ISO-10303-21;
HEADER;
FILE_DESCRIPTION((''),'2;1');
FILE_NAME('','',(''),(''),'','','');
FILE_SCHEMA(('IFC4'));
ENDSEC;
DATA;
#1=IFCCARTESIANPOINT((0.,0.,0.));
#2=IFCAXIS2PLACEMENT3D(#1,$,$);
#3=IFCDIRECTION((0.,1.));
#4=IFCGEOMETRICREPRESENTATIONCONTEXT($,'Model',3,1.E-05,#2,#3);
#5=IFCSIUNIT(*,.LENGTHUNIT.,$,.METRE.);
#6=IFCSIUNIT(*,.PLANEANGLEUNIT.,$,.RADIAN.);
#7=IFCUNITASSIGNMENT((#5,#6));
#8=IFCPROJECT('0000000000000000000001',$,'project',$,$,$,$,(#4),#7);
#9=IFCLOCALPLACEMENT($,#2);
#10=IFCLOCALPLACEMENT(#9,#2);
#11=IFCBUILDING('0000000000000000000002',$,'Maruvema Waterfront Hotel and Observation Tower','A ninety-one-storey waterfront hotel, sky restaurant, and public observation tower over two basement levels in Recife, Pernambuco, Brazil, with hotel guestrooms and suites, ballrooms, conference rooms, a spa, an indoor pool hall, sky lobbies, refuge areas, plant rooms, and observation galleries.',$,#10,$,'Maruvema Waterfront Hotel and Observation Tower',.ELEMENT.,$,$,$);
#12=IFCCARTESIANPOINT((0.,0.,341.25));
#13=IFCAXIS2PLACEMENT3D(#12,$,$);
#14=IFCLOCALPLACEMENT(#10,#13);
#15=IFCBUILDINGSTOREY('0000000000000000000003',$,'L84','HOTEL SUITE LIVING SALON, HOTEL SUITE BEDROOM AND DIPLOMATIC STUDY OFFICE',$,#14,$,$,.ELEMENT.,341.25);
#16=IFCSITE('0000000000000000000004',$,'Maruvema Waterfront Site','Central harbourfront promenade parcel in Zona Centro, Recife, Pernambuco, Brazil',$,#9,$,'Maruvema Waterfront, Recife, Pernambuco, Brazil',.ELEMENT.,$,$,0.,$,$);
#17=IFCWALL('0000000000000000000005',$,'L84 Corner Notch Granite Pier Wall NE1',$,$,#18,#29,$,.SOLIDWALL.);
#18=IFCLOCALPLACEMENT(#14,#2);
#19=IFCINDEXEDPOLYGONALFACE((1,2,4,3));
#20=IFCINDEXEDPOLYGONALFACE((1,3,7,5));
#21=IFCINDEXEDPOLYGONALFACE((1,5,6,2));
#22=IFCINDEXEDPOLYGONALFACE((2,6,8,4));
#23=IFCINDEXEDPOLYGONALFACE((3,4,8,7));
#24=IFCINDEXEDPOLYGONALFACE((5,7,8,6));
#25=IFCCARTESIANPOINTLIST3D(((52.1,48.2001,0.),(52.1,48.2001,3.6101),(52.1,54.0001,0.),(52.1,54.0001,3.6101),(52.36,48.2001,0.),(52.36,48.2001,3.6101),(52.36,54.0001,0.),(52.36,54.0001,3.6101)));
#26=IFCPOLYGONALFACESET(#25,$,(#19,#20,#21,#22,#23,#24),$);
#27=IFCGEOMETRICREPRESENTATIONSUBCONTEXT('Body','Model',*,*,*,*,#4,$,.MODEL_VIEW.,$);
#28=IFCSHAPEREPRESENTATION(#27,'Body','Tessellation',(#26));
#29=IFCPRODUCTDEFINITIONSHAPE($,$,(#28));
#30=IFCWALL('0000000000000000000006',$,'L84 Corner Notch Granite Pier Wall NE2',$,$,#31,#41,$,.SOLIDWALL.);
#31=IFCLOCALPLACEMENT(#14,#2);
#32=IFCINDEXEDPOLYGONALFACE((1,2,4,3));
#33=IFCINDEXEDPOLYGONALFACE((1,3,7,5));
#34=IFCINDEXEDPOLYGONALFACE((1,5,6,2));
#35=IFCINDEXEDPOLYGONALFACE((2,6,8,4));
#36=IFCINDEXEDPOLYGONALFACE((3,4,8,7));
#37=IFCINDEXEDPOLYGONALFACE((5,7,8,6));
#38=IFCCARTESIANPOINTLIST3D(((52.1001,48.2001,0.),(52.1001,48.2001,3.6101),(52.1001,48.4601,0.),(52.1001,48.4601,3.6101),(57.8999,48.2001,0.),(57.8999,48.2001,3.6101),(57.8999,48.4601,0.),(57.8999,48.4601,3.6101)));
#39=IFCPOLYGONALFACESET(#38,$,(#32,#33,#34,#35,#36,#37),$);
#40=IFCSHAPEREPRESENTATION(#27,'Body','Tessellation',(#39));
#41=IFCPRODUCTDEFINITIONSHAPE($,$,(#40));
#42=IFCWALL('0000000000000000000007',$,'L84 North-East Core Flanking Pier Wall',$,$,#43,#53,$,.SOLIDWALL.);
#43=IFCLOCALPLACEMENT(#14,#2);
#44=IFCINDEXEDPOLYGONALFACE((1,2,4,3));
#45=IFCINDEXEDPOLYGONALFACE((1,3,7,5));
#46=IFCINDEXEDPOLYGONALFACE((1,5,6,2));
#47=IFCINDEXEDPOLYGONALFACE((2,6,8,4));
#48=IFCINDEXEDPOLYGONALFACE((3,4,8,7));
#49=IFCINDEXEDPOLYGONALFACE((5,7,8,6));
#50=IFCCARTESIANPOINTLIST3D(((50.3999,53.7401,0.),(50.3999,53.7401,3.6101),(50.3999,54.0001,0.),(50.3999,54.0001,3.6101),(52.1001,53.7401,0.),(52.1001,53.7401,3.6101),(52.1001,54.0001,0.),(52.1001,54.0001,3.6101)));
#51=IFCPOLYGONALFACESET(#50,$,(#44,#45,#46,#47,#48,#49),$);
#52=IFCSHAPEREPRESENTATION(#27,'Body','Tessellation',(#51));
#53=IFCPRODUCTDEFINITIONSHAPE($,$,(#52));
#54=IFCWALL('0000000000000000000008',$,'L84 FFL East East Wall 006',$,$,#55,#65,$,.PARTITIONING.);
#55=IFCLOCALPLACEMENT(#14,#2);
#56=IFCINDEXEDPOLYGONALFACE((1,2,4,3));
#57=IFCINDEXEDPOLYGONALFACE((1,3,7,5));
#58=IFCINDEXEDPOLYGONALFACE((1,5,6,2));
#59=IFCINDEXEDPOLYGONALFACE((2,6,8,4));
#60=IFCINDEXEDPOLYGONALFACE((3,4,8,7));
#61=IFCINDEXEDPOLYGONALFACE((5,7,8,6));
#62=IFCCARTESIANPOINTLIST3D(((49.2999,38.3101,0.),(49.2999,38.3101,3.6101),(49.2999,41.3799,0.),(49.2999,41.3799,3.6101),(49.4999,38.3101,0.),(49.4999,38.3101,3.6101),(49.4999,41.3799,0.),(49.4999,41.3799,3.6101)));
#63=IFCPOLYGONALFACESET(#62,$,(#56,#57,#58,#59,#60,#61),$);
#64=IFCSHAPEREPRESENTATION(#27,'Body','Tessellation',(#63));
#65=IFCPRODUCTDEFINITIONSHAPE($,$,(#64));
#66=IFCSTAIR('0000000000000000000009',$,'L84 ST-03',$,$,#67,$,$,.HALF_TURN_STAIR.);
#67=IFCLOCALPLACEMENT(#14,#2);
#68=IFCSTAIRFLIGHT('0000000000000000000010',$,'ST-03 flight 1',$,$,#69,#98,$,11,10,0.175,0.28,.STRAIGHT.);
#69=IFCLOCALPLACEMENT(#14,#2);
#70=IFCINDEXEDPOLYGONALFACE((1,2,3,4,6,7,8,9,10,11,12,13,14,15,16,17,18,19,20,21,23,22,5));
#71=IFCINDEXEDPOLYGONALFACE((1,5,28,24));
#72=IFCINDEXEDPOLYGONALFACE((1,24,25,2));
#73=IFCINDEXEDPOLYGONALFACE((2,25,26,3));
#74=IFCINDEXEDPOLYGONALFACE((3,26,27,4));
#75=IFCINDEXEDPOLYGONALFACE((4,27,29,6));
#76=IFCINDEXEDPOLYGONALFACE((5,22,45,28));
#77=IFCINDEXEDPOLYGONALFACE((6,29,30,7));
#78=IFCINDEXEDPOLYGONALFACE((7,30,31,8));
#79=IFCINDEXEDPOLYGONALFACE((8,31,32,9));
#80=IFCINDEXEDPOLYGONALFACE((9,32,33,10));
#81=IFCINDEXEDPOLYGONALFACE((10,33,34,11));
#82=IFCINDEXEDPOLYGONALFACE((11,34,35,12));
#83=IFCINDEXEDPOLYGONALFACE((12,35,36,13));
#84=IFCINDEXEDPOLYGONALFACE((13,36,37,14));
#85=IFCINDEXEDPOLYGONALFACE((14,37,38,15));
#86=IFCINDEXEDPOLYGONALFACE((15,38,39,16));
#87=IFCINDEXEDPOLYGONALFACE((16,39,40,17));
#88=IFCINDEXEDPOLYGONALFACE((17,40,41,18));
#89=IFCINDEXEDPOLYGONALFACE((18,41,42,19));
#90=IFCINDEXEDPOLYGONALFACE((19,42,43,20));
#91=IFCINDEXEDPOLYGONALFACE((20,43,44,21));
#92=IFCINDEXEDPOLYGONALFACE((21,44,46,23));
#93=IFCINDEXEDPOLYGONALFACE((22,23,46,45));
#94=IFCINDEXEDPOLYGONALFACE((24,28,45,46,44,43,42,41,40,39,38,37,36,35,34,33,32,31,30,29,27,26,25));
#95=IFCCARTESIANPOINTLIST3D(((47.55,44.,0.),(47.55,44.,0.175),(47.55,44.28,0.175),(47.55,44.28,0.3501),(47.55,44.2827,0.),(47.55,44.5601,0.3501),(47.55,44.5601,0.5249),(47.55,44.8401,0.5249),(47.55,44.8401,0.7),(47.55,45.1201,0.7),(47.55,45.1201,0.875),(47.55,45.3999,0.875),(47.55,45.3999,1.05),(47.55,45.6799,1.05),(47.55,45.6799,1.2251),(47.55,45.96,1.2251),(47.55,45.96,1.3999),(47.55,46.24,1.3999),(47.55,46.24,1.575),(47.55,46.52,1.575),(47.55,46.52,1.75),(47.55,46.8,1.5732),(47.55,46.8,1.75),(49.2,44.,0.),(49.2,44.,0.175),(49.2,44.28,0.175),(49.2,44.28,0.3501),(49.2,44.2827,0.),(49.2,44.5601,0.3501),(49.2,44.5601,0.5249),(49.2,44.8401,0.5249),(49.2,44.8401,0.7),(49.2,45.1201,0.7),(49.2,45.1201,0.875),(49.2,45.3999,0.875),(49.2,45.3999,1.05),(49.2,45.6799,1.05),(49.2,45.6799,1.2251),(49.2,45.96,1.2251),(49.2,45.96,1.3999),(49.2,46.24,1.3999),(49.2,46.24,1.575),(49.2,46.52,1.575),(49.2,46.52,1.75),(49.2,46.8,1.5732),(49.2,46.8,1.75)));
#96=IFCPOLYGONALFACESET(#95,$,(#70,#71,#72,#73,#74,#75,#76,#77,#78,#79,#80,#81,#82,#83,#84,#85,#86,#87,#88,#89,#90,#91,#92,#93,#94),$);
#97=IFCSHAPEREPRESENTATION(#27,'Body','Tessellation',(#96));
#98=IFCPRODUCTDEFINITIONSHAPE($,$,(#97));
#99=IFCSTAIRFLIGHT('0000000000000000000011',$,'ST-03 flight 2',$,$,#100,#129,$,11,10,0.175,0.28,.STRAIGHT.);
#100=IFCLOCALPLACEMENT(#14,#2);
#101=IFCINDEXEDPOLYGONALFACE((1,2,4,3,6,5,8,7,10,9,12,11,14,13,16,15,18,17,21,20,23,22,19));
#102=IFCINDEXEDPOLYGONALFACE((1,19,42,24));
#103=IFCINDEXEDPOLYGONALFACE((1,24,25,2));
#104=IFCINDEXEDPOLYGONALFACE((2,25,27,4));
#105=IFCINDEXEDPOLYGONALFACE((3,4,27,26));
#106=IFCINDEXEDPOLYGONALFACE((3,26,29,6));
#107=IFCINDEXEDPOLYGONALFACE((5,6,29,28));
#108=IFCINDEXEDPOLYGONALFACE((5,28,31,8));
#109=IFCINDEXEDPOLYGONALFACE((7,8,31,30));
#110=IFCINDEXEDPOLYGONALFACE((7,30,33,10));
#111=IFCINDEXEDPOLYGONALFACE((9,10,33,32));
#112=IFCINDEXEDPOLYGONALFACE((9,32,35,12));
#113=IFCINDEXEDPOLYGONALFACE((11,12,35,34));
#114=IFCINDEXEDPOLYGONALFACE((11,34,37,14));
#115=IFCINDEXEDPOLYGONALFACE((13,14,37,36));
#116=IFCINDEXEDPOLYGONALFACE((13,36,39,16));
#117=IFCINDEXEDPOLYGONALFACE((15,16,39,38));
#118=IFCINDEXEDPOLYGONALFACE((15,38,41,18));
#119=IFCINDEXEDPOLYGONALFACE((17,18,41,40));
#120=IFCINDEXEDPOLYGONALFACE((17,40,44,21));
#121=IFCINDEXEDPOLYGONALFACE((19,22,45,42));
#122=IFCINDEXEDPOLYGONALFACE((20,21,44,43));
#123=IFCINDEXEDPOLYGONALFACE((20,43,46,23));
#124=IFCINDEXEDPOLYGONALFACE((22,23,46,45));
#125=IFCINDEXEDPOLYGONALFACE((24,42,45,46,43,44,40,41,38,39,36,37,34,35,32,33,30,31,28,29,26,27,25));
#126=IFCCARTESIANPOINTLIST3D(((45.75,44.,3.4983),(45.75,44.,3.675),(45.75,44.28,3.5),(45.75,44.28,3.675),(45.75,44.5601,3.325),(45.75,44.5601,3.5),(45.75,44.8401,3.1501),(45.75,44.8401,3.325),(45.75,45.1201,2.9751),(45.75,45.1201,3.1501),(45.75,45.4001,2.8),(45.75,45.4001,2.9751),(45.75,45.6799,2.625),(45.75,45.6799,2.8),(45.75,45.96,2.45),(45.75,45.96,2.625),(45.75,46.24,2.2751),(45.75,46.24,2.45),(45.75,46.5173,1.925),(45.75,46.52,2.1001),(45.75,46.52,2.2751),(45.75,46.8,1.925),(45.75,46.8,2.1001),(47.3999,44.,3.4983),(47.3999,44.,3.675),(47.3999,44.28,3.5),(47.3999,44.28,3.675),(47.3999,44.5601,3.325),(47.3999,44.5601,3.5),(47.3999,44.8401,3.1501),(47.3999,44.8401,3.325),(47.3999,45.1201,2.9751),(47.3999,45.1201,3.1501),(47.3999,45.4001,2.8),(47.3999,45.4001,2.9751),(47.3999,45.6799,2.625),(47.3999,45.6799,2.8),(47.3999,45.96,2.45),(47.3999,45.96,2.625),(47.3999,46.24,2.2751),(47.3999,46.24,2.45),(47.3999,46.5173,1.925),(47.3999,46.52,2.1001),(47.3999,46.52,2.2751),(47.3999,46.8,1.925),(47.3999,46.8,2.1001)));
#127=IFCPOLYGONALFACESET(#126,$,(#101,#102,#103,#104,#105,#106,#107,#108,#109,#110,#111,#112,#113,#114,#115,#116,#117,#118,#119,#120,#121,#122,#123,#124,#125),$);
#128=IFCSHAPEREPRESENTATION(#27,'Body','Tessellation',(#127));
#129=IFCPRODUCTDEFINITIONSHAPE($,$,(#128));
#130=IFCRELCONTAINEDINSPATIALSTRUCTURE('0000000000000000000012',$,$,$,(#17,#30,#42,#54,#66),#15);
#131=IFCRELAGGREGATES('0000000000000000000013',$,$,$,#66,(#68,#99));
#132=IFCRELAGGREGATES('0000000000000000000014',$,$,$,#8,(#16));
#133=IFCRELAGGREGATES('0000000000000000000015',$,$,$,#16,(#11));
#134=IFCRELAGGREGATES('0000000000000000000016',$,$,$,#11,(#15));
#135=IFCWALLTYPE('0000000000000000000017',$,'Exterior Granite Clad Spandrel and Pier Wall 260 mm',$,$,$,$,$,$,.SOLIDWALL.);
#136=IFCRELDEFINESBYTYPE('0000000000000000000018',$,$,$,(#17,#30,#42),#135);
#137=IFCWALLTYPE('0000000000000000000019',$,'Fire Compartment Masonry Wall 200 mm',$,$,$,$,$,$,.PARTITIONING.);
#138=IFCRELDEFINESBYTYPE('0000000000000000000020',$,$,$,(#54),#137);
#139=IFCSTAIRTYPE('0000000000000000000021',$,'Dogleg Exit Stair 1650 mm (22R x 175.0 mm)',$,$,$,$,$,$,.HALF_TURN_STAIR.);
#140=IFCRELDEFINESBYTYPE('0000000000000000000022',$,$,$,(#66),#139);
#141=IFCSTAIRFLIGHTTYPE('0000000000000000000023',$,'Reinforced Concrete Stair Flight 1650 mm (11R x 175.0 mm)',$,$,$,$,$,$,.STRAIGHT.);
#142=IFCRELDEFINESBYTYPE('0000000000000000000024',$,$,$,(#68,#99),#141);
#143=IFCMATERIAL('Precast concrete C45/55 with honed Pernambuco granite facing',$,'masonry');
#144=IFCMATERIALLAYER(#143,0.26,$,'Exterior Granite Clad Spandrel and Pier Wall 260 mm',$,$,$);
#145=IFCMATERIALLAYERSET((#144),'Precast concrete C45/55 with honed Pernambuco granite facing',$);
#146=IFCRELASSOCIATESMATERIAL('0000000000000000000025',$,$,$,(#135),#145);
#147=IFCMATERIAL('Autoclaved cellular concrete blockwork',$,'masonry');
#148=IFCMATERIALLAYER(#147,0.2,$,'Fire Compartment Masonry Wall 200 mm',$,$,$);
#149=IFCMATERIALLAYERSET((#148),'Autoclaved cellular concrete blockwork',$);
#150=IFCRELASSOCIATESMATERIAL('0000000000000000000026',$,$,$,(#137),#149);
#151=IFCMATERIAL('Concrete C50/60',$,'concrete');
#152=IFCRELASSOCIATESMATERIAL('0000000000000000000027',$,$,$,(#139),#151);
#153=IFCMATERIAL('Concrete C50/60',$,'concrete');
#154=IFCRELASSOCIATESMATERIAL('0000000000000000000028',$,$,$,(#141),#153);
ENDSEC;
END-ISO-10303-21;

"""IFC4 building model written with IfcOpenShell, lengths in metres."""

from ifc_helpers import new_model, si_unit, direction, frame, frame_2d, origin, place, context, subcontext, project, spatial, polyline, rectangle, outline, extrude, material, layer, layer_set, type_object, element, aggregate, save


model = new_model("IFC4")

# Units and contexts
model_context = context("Model", 3, precision=1e-05, world=origin(), true_north=direction((0.0, 1.0)))
body_context = subcontext(model_context, "Body", "Model", "MODEL_VIEW")
ifc_project = project(units=[si_unit("LENGTHUNIT", "METRE"), si_unit("PLANEANGLEUNIT", "RADIAN")], contexts=[model_context])

# Site, building, storey
site_placement = place(None, origin())
site = spatial("IfcSite", under=ifc_project, at=site_placement, Name="Maruvema Waterfront Site", Description="Central harbourfront promenade parcel in Zona Centro, Recife, Pernambuco, Brazil", LongName="Maruvema Waterfront, Recife, Pernambuco, Brazil", CompositionType="ELEMENT", RefElevation=0.0)
building_placement = place(site_placement, origin())
building = spatial("IfcBuilding", under=site, at=building_placement, Name="Maruvema Waterfront Hotel and Observation Tower", Description="A ninety-one-storey waterfront hotel, sky restaurant, and public observation tower over two basement levels in Recife, Pernambuco, Brazil, with hotel guestrooms and suites, ballrooms, conference rooms, a spa, an indoor pool hall, sky lobbies, refuge areas, plant rooms, and observation galleries.", LongName="Maruvema Waterfront Hotel and Observation Tower", CompositionType="ELEMENT")
storey_placement = place(building_placement, frame((0.0, 0.0, 341.25)))
storey = spatial("IfcBuildingStorey", under=building, at=storey_placement, Name="L84", Description="HOTEL SUITE LIVING SALON, HOTEL SUITE BEDROOM AND DIPLOMATIC STUDY OFFICE", CompositionType="ELEMENT", Elevation=341.25)

# Walls
ifc_material_1 = material(Name="Precast concrete C45/55 with honed Pernambuco granite facing", Category="masonry")
ifc_layer_1 = layer(ifc_material_1, 0.26, Name="Exterior Granite Clad Spandrel and Pier Wall 260 mm")
ifc_layer_set_1 = layer_set([ifc_layer_1], Name="Precast concrete C45/55 with honed Pernambuco granite facing")
wall_type_1 = type_object("IfcWallType", Name="Exterior Granite Clad Spandrel and Pier Wall 260 mm", PredefinedType="SOLIDWALL", material=ifc_layer_set_1)
wall_1_placement = place(storey_placement, frame((52.23, 54.0, 0.0), z_axis=(0.0, 0.0, 1.0), x_axis=(0.0, -1.0, 0.0)))
element("IfcWall", 1, at=wall_1_placement, inside=storey, type_object=wall_type_1, Name="L84 Corner Notch Granite Pier Wall NE1", PredefinedType="SOLIDWALL", context=body_context, shape_type="SweptSolid", body=[
    extrude(rectangle(XDim=5.8, YDim=0.26, at=frame_2d((2.8999, 0.0))), origin(), (0.0, 0.0, 1.0), 3.6101),
])
wall_2_placement = place(storey_placement, frame((52.1001, 48.3301, 0.0), z_axis=(0.0, 0.0, 1.0), x_axis=(1.0, 0.0, 0.0)))
element("IfcWall", 2, at=wall_2_placement, inside=storey, type_object=wall_type_1, Name="L84 Corner Notch Granite Pier Wall NE2", PredefinedType="SOLIDWALL", context=body_context, shape_type="SweptSolid", body=[
    extrude(rectangle(XDim=5.7998, YDim=0.26, at=frame_2d((2.8999, 0.0))), origin(), (0.0, 0.0, 1.0), 3.6101),
])
wall_3_placement = place(storey_placement, frame((52.1001, 53.8701, 0.0), z_axis=(0.0, 0.0, 1.0), x_axis=(-1.0, 0.0, 0.0)))
element("IfcWall", 3, at=wall_3_placement, inside=storey, type_object=wall_type_1, Name="L84 North-East Core Flanking Pier Wall", PredefinedType="SOLIDWALL", context=body_context, shape_type="SweptSolid", body=[
    extrude(rectangle(XDim=1.7002, YDim=0.26, at=frame_2d((0.8501, 0.0))), origin(), (0.0, 0.0, 1.0), 3.6101),
])
ifc_material_2 = material(Name="Autoclaved cellular concrete blockwork", Category="masonry")
ifc_layer_2 = layer(ifc_material_2, 0.2, Name="Fire Compartment Masonry Wall 200 mm")
ifc_layer_set_2 = layer_set([ifc_layer_2], Name="Autoclaved cellular concrete blockwork")
wall_type_2 = type_object("IfcWallType", Name="Fire Compartment Masonry Wall 200 mm", PredefinedType="PARTITIONING", material=ifc_layer_set_2)
wall_4_placement = place(storey_placement, frame((49.3999, 38.3101, 0.0), z_axis=(0.0, 0.0, 1.0), x_axis=(0.0, 1.0, 0.0)))
element("IfcWall", 4, at=wall_4_placement, inside=storey, type_object=wall_type_2, Name="L84 FFL East East Wall 006", PredefinedType="PARTITIONING", context=body_context, shape_type="SweptSolid", body=[
    extrude(rectangle(XDim=3.0698, YDim=0.2, at=frame_2d((1.5349, 0.0))), origin(), (0.0, 0.0, 1.0), 3.6101),
])

# Stair, stair flights
ifc_material_3 = material(Name="Concrete C50/60", Category="concrete")
stair_type = type_object("IfcStairType", Name="Dogleg Exit Stair 1650 mm (22R x 175.0 mm)", PredefinedType="HALF_TURN_STAIR", material=ifc_material_3)
stair_placement = place(storey_placement, origin())
stair = element("IfcStair", 5, at=stair_placement, inside=storey, type_object=stair_type, Name="L84 ST-03", PredefinedType="HALF_TURN_STAIR")
ifc_material_4 = material(Name="Concrete C50/60", Category="concrete")
stair_flight_type = type_object("IfcStairFlightType", Name="Reinforced Concrete Stair Flight 1650 mm (11R x 175.0 mm)", PredefinedType="STRAIGHT", material=ifc_material_4)
stair_flight_1_placement = place(storey_placement, frame((48.375, 44.0, 0.0), z_axis=(0.0, 0.0, 1.0), x_axis=(0.0, 1.0, 0.0)))
stair_flight_1 = element("IfcStairFlight", 6, at=stair_flight_1_placement, type_object=stair_flight_type, Name="ST-03 flight 1", NumberOfRisers=11, NumberOfTreads=10, PredefinedType="STRAIGHT", RiserHeight=0.175, TreadLength=0.28, context=body_context, shape_type="SweptSolid", body=[
    extrude(outline(polyline([(0.0, 0.0), (0.0, 0.175), (0.28, 0.175), (0.28, 0.3501), (0.5601, 0.3501), (0.5601, 0.5249), (0.8401, 0.5249), (0.8401, 0.7), (1.1201, 0.7), (1.1201, 0.875), (1.3999, 0.875), (1.3999, 1.05), (1.6799, 1.05), (1.6799, 1.2251), (1.96, 1.2251), (1.96, 1.3999), (2.24, 1.3999), (2.24, 1.575), (2.52, 1.575), (2.52, 1.75), (2.8, 1.75), (2.8, 1.925), (2.8, 1.5732), (0.2827, 0.0), (0.0, 0.0)])), frame((0.0, 0.825, 0.0), z_axis=(0.0, -1.0, 0.0), x_axis=(1.0, 0.0, 0.0)), (0.0, 0.0, 1.0), 1.6499),
])
stair_flight_2_placement = place(storey_placement, frame((46.575, 46.8, 1.925), z_axis=(0.0, 0.0, 1.0), x_axis=(0.0, -1.0, 0.0)))
stair_flight_2 = element("IfcStairFlight", 7, at=stair_flight_2_placement, type_object=stair_flight_type, Name="ST-03 flight 2", NumberOfRisers=11, NumberOfTreads=10, PredefinedType="STRAIGHT", RiserHeight=0.175, TreadLength=0.28, context=body_context, shape_type="SweptSolid", body=[
    extrude(outline(polyline([(0.0, 0.0), (0.0, 0.175), (0.28, 0.175), (0.28, 0.3501), (0.5601, 0.3501), (0.5601, 0.5249), (0.8401, 0.5249), (0.8401, 0.7), (1.1201, 0.7), (1.1201, 0.875), (1.3999, 0.875), (1.3999, 1.05), (1.6799, 1.05), (1.6799, 1.2251), (1.96, 1.2251), (1.96, 1.3999), (2.24, 1.3999), (2.24, 1.575), (2.52, 1.575), (2.52, 1.75), (2.8, 1.75), (2.8, 1.925), (2.8, 1.5732), (0.2827, 0.0), (0.0, 0.0)])), frame((0.0, 0.825, 0.0), z_axis=(0.0, -1.0, 0.0), x_axis=(1.0, 0.0, 0.0)), (0.0, 0.0, 1.0), 1.6499),
])
aggregate(stair, [stair_flight_1, stair_flight_2])

save(model, "model.ifc")
